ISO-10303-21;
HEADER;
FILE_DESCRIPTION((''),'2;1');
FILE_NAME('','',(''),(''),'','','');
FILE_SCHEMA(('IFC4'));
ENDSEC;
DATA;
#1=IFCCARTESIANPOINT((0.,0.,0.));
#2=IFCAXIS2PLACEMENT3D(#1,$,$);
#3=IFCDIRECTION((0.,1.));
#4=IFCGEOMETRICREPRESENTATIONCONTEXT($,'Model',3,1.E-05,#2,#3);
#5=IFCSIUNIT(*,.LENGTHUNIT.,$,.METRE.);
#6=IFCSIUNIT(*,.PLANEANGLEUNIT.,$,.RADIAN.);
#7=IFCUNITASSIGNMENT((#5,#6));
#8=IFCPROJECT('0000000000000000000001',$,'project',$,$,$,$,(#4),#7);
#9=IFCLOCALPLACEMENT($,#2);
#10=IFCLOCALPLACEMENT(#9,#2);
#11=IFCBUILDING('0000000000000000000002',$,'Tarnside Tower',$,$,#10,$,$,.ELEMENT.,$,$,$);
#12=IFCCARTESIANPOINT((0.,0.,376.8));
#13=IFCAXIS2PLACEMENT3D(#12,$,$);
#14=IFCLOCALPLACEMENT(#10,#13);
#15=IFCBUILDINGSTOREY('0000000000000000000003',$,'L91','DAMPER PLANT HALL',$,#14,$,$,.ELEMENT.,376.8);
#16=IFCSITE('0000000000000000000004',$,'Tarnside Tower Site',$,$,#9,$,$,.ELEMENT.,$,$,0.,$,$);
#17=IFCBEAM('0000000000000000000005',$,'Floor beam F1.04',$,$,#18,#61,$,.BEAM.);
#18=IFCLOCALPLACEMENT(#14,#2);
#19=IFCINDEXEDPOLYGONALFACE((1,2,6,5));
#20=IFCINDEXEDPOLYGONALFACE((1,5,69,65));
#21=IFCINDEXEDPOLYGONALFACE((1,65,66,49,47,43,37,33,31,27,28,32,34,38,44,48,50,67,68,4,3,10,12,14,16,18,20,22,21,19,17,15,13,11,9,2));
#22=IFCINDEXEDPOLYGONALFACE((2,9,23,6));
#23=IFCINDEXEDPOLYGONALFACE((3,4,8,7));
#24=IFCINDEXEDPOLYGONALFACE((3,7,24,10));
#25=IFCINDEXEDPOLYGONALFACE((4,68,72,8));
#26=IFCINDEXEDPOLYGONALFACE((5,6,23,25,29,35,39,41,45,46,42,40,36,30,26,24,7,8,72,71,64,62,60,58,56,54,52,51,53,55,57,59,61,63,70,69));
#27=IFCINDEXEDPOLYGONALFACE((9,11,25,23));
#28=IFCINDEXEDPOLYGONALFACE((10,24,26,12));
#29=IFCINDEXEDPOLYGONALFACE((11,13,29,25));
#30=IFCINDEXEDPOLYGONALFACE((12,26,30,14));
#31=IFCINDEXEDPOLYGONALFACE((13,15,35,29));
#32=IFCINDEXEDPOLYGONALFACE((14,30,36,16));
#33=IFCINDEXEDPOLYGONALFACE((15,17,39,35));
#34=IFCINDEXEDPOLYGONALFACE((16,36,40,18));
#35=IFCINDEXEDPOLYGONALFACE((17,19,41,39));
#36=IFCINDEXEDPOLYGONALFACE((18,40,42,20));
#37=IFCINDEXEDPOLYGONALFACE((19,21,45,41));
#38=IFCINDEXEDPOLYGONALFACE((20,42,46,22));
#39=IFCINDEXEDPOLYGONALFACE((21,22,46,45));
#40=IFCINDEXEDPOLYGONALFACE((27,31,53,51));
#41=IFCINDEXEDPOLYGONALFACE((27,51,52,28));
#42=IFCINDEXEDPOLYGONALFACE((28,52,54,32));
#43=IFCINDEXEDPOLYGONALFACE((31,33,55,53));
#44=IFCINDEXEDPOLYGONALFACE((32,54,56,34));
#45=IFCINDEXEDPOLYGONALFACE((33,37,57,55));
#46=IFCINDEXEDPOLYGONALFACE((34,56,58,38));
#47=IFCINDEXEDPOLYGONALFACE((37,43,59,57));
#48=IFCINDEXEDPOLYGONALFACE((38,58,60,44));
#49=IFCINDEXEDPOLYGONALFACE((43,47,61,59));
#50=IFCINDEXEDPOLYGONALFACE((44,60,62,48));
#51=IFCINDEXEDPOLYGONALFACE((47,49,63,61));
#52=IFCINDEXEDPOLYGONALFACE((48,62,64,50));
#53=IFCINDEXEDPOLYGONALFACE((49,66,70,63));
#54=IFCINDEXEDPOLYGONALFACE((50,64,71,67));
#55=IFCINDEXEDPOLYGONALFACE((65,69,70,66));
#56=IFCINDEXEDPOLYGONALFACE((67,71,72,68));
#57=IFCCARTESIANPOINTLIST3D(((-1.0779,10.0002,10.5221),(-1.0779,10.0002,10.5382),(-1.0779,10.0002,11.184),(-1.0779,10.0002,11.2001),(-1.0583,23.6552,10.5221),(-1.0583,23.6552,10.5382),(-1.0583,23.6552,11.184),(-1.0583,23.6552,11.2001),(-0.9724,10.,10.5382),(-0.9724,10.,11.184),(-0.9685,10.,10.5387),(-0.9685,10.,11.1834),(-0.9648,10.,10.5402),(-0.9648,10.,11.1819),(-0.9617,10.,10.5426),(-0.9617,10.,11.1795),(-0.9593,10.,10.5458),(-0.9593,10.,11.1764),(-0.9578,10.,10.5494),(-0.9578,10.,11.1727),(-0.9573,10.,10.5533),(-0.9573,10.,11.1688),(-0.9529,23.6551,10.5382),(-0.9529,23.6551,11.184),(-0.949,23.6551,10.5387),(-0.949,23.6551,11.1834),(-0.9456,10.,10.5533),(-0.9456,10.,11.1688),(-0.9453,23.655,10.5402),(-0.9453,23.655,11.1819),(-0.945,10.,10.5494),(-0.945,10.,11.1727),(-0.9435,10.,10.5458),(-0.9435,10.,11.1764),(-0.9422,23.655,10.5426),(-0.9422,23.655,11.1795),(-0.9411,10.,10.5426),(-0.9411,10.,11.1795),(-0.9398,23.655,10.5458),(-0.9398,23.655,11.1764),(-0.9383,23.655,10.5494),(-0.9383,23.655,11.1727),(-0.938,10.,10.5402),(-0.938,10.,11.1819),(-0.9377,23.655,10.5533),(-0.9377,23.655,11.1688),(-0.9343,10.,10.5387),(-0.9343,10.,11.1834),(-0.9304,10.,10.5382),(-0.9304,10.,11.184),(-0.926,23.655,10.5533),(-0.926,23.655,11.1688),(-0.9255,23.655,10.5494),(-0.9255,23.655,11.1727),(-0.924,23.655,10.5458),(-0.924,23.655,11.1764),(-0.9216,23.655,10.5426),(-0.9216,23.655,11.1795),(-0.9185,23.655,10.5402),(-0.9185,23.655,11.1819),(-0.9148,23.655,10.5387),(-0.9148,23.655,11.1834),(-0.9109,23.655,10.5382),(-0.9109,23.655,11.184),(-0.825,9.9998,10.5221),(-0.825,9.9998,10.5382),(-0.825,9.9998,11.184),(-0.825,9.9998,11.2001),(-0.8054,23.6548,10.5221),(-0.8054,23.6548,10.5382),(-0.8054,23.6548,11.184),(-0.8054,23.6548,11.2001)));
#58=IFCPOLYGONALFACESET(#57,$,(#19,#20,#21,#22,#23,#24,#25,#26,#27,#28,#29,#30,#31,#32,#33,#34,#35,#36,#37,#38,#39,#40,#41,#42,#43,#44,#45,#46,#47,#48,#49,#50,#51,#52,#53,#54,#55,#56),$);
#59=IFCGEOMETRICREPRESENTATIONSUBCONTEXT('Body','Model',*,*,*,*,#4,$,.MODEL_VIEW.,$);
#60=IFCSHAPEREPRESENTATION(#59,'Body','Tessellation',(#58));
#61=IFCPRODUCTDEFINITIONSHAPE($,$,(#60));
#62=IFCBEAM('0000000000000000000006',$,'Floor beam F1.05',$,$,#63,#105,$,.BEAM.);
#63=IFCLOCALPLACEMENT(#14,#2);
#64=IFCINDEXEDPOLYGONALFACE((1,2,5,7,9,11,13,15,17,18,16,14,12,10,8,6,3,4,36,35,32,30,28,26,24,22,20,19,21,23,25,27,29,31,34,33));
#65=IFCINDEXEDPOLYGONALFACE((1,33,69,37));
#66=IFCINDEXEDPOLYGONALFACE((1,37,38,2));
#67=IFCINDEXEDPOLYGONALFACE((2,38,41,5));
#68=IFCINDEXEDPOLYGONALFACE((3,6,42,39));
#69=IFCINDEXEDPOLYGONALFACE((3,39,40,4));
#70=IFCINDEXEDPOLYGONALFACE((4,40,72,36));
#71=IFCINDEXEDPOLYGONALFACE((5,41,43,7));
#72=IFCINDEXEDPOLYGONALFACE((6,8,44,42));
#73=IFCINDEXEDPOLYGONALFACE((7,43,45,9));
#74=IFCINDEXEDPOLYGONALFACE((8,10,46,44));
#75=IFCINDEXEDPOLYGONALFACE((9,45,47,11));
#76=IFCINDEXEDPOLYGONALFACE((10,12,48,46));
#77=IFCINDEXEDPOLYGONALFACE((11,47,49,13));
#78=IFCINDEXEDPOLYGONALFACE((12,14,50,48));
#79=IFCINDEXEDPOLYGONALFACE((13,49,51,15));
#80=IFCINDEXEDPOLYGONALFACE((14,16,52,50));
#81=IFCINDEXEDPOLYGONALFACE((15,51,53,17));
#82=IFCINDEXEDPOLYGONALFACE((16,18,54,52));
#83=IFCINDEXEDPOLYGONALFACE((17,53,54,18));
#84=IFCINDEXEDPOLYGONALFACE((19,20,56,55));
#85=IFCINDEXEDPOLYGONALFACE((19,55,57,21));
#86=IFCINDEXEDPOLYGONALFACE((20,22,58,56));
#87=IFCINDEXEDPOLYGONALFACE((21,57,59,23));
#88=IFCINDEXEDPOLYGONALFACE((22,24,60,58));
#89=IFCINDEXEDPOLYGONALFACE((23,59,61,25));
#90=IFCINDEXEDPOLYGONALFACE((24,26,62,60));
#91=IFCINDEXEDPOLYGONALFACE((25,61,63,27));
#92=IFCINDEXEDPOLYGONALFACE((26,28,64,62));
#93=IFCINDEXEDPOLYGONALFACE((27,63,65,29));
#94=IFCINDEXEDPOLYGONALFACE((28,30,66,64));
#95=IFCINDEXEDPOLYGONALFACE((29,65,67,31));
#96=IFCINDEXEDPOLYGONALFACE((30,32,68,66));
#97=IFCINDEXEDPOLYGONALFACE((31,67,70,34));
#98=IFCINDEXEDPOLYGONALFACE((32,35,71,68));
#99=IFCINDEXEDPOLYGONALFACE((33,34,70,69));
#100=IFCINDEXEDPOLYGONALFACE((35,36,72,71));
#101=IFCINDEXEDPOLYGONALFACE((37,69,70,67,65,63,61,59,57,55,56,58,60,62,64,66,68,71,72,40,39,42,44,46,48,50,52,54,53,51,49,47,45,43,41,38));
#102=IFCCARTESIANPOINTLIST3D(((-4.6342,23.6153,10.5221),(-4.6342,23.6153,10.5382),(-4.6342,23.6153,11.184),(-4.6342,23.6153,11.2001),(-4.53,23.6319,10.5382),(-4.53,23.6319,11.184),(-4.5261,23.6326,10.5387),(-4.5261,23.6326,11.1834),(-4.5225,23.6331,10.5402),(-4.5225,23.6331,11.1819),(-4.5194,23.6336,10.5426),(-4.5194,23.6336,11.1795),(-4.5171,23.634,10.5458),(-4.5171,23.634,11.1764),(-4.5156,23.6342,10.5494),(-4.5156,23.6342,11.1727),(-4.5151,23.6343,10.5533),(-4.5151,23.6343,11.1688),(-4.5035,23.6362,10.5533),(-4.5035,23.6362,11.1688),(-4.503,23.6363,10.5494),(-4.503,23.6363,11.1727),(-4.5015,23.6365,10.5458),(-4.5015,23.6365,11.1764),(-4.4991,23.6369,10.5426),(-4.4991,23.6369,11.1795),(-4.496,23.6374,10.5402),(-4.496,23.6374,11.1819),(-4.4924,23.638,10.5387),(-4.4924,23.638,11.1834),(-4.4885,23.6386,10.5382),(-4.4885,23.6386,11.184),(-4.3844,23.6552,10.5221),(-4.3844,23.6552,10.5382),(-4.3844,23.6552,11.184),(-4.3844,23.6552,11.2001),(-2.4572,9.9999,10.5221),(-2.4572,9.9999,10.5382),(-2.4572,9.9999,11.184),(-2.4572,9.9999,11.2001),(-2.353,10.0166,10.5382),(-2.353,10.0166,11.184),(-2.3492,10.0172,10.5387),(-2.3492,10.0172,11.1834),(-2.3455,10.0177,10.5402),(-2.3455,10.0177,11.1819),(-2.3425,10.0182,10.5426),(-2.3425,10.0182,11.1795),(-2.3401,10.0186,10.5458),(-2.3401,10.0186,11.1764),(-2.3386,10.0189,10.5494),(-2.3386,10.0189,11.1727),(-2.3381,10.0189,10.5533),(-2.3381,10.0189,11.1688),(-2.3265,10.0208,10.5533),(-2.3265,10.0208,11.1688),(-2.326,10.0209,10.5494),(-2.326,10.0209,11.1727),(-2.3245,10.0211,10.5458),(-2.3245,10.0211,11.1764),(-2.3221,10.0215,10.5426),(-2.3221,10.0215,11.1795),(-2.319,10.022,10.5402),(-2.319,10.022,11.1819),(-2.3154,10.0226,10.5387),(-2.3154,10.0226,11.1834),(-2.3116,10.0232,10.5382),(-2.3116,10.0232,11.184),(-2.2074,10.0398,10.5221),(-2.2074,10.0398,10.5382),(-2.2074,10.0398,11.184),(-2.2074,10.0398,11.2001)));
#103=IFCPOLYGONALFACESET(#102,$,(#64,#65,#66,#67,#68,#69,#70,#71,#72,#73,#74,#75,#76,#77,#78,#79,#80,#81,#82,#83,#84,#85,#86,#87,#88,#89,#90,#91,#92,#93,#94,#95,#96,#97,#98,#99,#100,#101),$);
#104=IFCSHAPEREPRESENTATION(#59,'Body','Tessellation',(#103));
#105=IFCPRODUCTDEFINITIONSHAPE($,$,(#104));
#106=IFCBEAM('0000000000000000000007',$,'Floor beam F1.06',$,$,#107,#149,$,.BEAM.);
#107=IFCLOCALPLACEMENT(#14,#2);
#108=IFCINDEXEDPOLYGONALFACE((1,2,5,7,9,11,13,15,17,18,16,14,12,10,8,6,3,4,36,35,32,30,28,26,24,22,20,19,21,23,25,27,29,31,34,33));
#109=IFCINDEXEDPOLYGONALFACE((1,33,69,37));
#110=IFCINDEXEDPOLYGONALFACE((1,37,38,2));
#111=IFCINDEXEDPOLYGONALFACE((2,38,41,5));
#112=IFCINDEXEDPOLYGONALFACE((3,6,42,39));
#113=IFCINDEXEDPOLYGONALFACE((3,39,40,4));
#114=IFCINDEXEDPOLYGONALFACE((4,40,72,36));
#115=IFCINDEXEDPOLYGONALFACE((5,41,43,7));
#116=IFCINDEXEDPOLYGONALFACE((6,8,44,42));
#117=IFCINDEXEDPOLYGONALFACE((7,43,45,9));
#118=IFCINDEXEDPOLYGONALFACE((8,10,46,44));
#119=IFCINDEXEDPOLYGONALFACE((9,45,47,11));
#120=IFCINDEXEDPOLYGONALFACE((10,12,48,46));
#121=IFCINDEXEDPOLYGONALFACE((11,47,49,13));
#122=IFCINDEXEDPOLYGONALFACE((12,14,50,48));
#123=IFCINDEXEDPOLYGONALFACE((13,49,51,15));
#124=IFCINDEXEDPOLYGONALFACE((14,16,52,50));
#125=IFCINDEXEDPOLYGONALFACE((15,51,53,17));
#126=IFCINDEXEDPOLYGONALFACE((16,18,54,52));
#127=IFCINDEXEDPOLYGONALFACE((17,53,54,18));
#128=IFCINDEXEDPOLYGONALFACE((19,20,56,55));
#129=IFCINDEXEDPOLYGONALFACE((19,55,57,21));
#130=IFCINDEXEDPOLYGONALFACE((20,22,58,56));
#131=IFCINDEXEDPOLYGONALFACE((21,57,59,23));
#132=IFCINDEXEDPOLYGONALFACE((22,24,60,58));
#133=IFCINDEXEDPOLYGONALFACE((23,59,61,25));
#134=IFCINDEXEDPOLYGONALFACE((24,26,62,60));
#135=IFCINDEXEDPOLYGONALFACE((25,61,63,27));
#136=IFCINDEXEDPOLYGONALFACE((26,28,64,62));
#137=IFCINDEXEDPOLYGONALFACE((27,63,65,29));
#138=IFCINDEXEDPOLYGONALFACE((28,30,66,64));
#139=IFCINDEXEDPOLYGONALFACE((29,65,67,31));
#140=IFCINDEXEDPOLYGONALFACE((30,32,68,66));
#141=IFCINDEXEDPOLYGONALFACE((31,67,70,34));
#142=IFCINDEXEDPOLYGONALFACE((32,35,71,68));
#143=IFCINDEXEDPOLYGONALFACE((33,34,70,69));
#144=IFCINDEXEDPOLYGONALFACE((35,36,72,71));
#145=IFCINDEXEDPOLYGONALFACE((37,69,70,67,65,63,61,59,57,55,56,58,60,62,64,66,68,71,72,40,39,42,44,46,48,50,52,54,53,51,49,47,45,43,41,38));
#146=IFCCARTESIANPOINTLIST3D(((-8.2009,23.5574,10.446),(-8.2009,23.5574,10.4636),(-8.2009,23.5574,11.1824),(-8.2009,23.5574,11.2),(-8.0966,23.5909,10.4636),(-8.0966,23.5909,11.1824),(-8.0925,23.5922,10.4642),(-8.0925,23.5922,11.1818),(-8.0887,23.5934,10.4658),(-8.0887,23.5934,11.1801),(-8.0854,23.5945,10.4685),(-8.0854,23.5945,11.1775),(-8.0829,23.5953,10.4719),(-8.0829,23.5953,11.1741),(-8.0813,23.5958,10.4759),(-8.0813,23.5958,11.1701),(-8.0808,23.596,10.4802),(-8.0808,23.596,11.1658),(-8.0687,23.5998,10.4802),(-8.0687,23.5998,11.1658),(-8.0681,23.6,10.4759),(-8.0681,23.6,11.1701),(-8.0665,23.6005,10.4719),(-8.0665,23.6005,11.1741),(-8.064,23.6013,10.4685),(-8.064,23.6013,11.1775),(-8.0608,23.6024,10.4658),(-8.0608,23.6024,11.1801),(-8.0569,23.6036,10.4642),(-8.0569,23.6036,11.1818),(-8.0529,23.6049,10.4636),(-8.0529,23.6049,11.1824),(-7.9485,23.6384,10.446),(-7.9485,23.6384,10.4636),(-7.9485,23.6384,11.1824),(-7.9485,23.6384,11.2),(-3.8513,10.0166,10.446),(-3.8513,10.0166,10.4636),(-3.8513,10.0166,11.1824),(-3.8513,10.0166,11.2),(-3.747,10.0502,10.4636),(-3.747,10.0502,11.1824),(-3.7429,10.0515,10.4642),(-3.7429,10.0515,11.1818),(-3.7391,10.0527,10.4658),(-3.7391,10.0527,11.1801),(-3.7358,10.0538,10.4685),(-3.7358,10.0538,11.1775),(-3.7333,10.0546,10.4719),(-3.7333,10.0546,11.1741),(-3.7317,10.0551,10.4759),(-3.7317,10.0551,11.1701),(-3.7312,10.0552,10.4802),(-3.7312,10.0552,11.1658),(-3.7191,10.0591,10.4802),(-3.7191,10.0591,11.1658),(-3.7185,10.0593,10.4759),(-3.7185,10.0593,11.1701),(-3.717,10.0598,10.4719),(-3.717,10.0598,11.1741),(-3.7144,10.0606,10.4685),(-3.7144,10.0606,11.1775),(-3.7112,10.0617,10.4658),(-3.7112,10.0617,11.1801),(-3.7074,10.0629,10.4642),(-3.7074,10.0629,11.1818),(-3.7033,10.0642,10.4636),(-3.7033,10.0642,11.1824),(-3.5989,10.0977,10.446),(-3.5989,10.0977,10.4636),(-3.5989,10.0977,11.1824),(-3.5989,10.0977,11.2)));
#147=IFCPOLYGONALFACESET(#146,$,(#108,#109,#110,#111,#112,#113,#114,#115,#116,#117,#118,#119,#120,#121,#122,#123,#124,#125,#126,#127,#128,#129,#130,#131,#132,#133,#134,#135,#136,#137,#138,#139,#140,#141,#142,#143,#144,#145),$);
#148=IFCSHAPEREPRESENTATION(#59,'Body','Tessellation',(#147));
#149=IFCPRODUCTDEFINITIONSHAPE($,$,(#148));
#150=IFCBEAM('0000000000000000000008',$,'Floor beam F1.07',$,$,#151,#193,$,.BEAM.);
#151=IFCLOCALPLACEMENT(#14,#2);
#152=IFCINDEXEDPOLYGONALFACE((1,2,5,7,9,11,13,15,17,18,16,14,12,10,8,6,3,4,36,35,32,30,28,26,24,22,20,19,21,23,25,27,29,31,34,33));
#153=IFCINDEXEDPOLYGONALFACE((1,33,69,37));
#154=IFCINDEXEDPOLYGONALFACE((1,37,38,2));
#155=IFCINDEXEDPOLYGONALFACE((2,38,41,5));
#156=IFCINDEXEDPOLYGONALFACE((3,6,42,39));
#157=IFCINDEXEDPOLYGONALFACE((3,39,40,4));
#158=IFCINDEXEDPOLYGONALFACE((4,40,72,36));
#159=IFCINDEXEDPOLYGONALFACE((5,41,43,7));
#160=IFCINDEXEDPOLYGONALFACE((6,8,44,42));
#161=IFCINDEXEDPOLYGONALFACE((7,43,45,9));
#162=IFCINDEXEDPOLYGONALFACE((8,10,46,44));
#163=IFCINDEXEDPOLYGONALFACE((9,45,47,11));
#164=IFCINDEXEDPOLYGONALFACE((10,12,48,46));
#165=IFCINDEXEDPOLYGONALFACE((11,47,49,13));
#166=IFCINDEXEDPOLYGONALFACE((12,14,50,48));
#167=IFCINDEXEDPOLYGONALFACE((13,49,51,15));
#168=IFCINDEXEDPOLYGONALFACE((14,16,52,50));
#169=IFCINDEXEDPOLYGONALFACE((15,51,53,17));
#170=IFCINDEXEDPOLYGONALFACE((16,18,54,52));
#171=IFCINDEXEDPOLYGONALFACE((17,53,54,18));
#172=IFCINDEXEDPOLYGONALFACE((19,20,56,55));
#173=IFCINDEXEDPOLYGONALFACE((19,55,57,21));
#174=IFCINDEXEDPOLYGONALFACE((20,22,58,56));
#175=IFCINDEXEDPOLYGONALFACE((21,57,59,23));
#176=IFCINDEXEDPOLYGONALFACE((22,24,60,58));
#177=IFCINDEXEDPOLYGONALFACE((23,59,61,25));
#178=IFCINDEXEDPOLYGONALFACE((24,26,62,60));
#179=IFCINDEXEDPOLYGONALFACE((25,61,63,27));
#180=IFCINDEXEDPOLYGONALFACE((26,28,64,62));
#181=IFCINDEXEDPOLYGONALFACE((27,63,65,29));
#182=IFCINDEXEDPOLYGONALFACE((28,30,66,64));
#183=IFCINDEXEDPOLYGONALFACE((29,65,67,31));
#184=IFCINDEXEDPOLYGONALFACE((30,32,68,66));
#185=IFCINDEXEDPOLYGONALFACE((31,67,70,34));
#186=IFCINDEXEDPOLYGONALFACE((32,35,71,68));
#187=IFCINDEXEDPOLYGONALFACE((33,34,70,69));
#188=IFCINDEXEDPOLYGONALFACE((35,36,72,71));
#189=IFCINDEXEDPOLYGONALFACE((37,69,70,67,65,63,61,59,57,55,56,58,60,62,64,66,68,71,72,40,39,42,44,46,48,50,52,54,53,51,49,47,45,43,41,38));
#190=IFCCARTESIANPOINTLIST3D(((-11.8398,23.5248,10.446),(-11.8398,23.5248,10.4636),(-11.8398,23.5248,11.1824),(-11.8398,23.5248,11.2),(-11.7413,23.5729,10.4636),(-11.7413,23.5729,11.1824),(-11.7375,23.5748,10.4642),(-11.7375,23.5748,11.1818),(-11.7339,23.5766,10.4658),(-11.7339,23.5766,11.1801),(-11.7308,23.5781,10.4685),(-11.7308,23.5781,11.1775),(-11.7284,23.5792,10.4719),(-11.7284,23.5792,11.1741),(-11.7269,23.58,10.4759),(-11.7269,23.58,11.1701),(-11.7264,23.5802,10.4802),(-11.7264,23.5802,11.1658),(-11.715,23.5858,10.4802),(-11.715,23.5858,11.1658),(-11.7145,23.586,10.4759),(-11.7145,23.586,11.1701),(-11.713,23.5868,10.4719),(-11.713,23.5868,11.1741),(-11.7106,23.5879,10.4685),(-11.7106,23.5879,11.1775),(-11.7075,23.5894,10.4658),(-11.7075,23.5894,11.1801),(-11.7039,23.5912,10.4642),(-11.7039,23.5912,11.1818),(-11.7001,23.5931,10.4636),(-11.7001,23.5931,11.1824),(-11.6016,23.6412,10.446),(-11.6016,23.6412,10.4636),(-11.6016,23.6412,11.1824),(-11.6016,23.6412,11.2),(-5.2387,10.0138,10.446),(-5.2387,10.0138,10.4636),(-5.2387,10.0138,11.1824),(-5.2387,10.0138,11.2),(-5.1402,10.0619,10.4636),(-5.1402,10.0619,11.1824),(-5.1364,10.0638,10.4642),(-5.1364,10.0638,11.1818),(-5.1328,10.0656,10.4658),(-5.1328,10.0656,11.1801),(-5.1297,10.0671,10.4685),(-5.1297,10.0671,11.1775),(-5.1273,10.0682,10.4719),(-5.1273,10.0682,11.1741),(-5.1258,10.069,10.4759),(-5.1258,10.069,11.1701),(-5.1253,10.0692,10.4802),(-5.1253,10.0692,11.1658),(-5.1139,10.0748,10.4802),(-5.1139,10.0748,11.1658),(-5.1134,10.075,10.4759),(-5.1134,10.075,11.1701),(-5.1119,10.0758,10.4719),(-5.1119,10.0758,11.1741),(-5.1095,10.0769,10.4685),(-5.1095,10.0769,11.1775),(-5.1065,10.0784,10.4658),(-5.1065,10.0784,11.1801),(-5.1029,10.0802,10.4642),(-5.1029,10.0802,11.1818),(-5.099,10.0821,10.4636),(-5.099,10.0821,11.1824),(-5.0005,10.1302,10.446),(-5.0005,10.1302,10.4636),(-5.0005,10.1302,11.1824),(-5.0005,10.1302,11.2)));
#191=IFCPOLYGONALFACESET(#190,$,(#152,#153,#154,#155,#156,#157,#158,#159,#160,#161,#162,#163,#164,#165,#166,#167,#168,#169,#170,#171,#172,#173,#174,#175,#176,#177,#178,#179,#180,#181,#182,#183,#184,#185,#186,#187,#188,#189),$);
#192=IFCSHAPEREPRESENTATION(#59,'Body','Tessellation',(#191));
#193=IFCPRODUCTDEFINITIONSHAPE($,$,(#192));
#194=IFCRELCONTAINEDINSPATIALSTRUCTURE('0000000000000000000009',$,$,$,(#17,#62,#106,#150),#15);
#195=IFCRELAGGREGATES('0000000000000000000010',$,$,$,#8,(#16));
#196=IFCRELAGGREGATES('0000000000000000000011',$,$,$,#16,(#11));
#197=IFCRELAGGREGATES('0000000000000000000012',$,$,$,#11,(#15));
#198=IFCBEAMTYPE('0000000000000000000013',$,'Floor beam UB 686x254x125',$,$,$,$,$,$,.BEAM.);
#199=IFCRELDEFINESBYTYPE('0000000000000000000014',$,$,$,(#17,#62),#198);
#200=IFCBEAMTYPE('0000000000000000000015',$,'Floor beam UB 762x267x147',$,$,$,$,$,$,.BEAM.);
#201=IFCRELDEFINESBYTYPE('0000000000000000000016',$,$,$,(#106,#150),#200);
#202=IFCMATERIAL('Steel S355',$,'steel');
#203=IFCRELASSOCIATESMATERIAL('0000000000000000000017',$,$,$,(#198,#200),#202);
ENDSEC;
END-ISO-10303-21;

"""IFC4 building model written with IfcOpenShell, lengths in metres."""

from ifc_helpers import new_model, si_unit, direction, frame, origin, origin_2d, place, context, subcontext, project, spatial, i_section, extrude, material, material_profile, profile_set, type_object, element, save


model = new_model("IFC4")

# Units and contexts
model_context = context("Model", 3, precision=1e-05, world=origin(), true_north=direction((0.0, 1.0)))
body_context = subcontext(model_context, "Body", "Model", "MODEL_VIEW")
ifc_project = project(units=[si_unit("LENGTHUNIT", "METRE"), si_unit("PLANEANGLEUNIT", "RADIAN")], contexts=[model_context])

# Site, building, storey
site_placement = place(None, origin())
site = spatial("IfcSite", under=ifc_project, at=site_placement, Name="Tarnside Tower Site", CompositionType="ELEMENT", RefElevation=0.0)
building_placement = place(site_placement, origin())
building = spatial("IfcBuilding", under=site, at=building_placement, Name="Tarnside Tower", CompositionType="ELEMENT")
storey_placement = place(building_placement, frame((0.0, 0.0, 376.8)))
storey = spatial("IfcBuildingStorey", under=building, at=storey_placement, Name="L91", Description="DAMPER PLANT HALL", CompositionType="ELEMENT", Elevation=376.8)

# Shared definitions
ifc_material_1 = material(Name="Steel S355", Category="steel")

# Beams
ifc_material_profile_1 = material_profile(ifc_material_1, i_section(OverallWidth=0.2529, OverallDepth=0.678, WebThickness=0.0117, FlangeThickness=0.0161, FilletRadius=0.0151, at=origin_2d()), Name="UB 686x254x125")
ifc_profile_set_1 = profile_set([ifc_material_profile_1], Name="Steel S355")
beam_type_1 = type_object("IfcBeamType", Name="Floor beam UB 686x254x125", PredefinedType="BEAM", material=ifc_profile_set_1)
beam_1_placement = place(storey_placement, frame((-0.9319, 23.655, 10.8611), z_axis=(-0.00143, -0.999999, 0.0), x_axis=(0.999999, -0.00143, 0.0)))
element("IfcBeam", 1, at=beam_1_placement, inside=storey, type_object=beam_type_1, Name="Floor beam F1.04", PredefinedType="BEAM", context=body_context, shape_type="SweptSolid", body=[
    extrude(i_section(OverallWidth=0.2529, OverallDepth=0.678, WebThickness=0.0117, FlangeThickness=0.0161, FilletRadius=0.0151, at=origin_2d()), origin(), (0.0, 0.0, 1.0), 13.655),
])
beam_2_placement = place(storey_placement, frame((-4.5093, 23.6353, 10.8611), z_axis=(0.157886, -0.987457, 0.0), x_axis=(0.987457, 0.157886, 0.0)))
element("IfcBeam", 2, at=beam_2_placement, inside=storey, type_object=beam_type_1, Name="Floor beam F1.05", PredefinedType="BEAM", context=body_context, shape_type="SweptSolid", body=[
    extrude(i_section(OverallWidth=0.2529, OverallDepth=0.678, WebThickness=0.0117, FlangeThickness=0.0161, FilletRadius=0.0151, at=origin_2d()), origin(), (0.0, 0.0, 1.0), 13.7883),
])
ifc_material_profile_2 = material_profile(ifc_material_1, i_section(OverallWidth=0.2651, OverallDepth=0.7539, WebThickness=0.0127, FlangeThickness=0.0176, FilletRadius=0.0166, at=origin_2d()), Name="UB 762x267x147")
ifc_profile_set_2 = profile_set([ifc_material_profile_2], Name="Steel S355")
beam_type_2 = type_object("IfcBeamType", Name="Floor beam UB 762x267x147", PredefinedType="BEAM", material=ifc_profile_set_2)
beam_3_placement = place(storey_placement, frame((-8.0747, 23.5979, 10.823), z_axis=(0.305832, -0.952086, 0.0), x_axis=(0.952086, 0.305832, 0.0)))
element("IfcBeam", 3, at=beam_3_placement, inside=storey, type_object=beam_type_2, Name="Floor beam F1.06", PredefinedType="BEAM", context=body_context, shape_type="SweptSolid", body=[
    extrude(i_section(OverallWidth=0.2651, OverallDepth=0.7539, WebThickness=0.0127, FlangeThickness=0.0176, FilletRadius=0.0166, at=origin_2d()), origin(), (0.0, 0.0, 1.0), 14.2222),
])
beam_4_placement = place(storey_placement, frame((-11.7207, 23.583, 10.823), z_axis=(0.438979, -0.898497, 0.0), x_axis=(0.898497, 0.438979, 0.0)))
element("IfcBeam", 4, at=beam_4_placement, inside=storey, type_object=beam_type_2, Name="Floor beam F1.07", PredefinedType="BEAM", context=body_context, shape_type="SweptSolid", body=[
    extrude(i_section(OverallWidth=0.2651, OverallDepth=0.7539, WebThickness=0.0127, FlangeThickness=0.0176, FilletRadius=0.0166, at=origin_2d()), origin(), (0.0, 0.0, 1.0), 15.0374),
])

save(model, "model.ifc")
